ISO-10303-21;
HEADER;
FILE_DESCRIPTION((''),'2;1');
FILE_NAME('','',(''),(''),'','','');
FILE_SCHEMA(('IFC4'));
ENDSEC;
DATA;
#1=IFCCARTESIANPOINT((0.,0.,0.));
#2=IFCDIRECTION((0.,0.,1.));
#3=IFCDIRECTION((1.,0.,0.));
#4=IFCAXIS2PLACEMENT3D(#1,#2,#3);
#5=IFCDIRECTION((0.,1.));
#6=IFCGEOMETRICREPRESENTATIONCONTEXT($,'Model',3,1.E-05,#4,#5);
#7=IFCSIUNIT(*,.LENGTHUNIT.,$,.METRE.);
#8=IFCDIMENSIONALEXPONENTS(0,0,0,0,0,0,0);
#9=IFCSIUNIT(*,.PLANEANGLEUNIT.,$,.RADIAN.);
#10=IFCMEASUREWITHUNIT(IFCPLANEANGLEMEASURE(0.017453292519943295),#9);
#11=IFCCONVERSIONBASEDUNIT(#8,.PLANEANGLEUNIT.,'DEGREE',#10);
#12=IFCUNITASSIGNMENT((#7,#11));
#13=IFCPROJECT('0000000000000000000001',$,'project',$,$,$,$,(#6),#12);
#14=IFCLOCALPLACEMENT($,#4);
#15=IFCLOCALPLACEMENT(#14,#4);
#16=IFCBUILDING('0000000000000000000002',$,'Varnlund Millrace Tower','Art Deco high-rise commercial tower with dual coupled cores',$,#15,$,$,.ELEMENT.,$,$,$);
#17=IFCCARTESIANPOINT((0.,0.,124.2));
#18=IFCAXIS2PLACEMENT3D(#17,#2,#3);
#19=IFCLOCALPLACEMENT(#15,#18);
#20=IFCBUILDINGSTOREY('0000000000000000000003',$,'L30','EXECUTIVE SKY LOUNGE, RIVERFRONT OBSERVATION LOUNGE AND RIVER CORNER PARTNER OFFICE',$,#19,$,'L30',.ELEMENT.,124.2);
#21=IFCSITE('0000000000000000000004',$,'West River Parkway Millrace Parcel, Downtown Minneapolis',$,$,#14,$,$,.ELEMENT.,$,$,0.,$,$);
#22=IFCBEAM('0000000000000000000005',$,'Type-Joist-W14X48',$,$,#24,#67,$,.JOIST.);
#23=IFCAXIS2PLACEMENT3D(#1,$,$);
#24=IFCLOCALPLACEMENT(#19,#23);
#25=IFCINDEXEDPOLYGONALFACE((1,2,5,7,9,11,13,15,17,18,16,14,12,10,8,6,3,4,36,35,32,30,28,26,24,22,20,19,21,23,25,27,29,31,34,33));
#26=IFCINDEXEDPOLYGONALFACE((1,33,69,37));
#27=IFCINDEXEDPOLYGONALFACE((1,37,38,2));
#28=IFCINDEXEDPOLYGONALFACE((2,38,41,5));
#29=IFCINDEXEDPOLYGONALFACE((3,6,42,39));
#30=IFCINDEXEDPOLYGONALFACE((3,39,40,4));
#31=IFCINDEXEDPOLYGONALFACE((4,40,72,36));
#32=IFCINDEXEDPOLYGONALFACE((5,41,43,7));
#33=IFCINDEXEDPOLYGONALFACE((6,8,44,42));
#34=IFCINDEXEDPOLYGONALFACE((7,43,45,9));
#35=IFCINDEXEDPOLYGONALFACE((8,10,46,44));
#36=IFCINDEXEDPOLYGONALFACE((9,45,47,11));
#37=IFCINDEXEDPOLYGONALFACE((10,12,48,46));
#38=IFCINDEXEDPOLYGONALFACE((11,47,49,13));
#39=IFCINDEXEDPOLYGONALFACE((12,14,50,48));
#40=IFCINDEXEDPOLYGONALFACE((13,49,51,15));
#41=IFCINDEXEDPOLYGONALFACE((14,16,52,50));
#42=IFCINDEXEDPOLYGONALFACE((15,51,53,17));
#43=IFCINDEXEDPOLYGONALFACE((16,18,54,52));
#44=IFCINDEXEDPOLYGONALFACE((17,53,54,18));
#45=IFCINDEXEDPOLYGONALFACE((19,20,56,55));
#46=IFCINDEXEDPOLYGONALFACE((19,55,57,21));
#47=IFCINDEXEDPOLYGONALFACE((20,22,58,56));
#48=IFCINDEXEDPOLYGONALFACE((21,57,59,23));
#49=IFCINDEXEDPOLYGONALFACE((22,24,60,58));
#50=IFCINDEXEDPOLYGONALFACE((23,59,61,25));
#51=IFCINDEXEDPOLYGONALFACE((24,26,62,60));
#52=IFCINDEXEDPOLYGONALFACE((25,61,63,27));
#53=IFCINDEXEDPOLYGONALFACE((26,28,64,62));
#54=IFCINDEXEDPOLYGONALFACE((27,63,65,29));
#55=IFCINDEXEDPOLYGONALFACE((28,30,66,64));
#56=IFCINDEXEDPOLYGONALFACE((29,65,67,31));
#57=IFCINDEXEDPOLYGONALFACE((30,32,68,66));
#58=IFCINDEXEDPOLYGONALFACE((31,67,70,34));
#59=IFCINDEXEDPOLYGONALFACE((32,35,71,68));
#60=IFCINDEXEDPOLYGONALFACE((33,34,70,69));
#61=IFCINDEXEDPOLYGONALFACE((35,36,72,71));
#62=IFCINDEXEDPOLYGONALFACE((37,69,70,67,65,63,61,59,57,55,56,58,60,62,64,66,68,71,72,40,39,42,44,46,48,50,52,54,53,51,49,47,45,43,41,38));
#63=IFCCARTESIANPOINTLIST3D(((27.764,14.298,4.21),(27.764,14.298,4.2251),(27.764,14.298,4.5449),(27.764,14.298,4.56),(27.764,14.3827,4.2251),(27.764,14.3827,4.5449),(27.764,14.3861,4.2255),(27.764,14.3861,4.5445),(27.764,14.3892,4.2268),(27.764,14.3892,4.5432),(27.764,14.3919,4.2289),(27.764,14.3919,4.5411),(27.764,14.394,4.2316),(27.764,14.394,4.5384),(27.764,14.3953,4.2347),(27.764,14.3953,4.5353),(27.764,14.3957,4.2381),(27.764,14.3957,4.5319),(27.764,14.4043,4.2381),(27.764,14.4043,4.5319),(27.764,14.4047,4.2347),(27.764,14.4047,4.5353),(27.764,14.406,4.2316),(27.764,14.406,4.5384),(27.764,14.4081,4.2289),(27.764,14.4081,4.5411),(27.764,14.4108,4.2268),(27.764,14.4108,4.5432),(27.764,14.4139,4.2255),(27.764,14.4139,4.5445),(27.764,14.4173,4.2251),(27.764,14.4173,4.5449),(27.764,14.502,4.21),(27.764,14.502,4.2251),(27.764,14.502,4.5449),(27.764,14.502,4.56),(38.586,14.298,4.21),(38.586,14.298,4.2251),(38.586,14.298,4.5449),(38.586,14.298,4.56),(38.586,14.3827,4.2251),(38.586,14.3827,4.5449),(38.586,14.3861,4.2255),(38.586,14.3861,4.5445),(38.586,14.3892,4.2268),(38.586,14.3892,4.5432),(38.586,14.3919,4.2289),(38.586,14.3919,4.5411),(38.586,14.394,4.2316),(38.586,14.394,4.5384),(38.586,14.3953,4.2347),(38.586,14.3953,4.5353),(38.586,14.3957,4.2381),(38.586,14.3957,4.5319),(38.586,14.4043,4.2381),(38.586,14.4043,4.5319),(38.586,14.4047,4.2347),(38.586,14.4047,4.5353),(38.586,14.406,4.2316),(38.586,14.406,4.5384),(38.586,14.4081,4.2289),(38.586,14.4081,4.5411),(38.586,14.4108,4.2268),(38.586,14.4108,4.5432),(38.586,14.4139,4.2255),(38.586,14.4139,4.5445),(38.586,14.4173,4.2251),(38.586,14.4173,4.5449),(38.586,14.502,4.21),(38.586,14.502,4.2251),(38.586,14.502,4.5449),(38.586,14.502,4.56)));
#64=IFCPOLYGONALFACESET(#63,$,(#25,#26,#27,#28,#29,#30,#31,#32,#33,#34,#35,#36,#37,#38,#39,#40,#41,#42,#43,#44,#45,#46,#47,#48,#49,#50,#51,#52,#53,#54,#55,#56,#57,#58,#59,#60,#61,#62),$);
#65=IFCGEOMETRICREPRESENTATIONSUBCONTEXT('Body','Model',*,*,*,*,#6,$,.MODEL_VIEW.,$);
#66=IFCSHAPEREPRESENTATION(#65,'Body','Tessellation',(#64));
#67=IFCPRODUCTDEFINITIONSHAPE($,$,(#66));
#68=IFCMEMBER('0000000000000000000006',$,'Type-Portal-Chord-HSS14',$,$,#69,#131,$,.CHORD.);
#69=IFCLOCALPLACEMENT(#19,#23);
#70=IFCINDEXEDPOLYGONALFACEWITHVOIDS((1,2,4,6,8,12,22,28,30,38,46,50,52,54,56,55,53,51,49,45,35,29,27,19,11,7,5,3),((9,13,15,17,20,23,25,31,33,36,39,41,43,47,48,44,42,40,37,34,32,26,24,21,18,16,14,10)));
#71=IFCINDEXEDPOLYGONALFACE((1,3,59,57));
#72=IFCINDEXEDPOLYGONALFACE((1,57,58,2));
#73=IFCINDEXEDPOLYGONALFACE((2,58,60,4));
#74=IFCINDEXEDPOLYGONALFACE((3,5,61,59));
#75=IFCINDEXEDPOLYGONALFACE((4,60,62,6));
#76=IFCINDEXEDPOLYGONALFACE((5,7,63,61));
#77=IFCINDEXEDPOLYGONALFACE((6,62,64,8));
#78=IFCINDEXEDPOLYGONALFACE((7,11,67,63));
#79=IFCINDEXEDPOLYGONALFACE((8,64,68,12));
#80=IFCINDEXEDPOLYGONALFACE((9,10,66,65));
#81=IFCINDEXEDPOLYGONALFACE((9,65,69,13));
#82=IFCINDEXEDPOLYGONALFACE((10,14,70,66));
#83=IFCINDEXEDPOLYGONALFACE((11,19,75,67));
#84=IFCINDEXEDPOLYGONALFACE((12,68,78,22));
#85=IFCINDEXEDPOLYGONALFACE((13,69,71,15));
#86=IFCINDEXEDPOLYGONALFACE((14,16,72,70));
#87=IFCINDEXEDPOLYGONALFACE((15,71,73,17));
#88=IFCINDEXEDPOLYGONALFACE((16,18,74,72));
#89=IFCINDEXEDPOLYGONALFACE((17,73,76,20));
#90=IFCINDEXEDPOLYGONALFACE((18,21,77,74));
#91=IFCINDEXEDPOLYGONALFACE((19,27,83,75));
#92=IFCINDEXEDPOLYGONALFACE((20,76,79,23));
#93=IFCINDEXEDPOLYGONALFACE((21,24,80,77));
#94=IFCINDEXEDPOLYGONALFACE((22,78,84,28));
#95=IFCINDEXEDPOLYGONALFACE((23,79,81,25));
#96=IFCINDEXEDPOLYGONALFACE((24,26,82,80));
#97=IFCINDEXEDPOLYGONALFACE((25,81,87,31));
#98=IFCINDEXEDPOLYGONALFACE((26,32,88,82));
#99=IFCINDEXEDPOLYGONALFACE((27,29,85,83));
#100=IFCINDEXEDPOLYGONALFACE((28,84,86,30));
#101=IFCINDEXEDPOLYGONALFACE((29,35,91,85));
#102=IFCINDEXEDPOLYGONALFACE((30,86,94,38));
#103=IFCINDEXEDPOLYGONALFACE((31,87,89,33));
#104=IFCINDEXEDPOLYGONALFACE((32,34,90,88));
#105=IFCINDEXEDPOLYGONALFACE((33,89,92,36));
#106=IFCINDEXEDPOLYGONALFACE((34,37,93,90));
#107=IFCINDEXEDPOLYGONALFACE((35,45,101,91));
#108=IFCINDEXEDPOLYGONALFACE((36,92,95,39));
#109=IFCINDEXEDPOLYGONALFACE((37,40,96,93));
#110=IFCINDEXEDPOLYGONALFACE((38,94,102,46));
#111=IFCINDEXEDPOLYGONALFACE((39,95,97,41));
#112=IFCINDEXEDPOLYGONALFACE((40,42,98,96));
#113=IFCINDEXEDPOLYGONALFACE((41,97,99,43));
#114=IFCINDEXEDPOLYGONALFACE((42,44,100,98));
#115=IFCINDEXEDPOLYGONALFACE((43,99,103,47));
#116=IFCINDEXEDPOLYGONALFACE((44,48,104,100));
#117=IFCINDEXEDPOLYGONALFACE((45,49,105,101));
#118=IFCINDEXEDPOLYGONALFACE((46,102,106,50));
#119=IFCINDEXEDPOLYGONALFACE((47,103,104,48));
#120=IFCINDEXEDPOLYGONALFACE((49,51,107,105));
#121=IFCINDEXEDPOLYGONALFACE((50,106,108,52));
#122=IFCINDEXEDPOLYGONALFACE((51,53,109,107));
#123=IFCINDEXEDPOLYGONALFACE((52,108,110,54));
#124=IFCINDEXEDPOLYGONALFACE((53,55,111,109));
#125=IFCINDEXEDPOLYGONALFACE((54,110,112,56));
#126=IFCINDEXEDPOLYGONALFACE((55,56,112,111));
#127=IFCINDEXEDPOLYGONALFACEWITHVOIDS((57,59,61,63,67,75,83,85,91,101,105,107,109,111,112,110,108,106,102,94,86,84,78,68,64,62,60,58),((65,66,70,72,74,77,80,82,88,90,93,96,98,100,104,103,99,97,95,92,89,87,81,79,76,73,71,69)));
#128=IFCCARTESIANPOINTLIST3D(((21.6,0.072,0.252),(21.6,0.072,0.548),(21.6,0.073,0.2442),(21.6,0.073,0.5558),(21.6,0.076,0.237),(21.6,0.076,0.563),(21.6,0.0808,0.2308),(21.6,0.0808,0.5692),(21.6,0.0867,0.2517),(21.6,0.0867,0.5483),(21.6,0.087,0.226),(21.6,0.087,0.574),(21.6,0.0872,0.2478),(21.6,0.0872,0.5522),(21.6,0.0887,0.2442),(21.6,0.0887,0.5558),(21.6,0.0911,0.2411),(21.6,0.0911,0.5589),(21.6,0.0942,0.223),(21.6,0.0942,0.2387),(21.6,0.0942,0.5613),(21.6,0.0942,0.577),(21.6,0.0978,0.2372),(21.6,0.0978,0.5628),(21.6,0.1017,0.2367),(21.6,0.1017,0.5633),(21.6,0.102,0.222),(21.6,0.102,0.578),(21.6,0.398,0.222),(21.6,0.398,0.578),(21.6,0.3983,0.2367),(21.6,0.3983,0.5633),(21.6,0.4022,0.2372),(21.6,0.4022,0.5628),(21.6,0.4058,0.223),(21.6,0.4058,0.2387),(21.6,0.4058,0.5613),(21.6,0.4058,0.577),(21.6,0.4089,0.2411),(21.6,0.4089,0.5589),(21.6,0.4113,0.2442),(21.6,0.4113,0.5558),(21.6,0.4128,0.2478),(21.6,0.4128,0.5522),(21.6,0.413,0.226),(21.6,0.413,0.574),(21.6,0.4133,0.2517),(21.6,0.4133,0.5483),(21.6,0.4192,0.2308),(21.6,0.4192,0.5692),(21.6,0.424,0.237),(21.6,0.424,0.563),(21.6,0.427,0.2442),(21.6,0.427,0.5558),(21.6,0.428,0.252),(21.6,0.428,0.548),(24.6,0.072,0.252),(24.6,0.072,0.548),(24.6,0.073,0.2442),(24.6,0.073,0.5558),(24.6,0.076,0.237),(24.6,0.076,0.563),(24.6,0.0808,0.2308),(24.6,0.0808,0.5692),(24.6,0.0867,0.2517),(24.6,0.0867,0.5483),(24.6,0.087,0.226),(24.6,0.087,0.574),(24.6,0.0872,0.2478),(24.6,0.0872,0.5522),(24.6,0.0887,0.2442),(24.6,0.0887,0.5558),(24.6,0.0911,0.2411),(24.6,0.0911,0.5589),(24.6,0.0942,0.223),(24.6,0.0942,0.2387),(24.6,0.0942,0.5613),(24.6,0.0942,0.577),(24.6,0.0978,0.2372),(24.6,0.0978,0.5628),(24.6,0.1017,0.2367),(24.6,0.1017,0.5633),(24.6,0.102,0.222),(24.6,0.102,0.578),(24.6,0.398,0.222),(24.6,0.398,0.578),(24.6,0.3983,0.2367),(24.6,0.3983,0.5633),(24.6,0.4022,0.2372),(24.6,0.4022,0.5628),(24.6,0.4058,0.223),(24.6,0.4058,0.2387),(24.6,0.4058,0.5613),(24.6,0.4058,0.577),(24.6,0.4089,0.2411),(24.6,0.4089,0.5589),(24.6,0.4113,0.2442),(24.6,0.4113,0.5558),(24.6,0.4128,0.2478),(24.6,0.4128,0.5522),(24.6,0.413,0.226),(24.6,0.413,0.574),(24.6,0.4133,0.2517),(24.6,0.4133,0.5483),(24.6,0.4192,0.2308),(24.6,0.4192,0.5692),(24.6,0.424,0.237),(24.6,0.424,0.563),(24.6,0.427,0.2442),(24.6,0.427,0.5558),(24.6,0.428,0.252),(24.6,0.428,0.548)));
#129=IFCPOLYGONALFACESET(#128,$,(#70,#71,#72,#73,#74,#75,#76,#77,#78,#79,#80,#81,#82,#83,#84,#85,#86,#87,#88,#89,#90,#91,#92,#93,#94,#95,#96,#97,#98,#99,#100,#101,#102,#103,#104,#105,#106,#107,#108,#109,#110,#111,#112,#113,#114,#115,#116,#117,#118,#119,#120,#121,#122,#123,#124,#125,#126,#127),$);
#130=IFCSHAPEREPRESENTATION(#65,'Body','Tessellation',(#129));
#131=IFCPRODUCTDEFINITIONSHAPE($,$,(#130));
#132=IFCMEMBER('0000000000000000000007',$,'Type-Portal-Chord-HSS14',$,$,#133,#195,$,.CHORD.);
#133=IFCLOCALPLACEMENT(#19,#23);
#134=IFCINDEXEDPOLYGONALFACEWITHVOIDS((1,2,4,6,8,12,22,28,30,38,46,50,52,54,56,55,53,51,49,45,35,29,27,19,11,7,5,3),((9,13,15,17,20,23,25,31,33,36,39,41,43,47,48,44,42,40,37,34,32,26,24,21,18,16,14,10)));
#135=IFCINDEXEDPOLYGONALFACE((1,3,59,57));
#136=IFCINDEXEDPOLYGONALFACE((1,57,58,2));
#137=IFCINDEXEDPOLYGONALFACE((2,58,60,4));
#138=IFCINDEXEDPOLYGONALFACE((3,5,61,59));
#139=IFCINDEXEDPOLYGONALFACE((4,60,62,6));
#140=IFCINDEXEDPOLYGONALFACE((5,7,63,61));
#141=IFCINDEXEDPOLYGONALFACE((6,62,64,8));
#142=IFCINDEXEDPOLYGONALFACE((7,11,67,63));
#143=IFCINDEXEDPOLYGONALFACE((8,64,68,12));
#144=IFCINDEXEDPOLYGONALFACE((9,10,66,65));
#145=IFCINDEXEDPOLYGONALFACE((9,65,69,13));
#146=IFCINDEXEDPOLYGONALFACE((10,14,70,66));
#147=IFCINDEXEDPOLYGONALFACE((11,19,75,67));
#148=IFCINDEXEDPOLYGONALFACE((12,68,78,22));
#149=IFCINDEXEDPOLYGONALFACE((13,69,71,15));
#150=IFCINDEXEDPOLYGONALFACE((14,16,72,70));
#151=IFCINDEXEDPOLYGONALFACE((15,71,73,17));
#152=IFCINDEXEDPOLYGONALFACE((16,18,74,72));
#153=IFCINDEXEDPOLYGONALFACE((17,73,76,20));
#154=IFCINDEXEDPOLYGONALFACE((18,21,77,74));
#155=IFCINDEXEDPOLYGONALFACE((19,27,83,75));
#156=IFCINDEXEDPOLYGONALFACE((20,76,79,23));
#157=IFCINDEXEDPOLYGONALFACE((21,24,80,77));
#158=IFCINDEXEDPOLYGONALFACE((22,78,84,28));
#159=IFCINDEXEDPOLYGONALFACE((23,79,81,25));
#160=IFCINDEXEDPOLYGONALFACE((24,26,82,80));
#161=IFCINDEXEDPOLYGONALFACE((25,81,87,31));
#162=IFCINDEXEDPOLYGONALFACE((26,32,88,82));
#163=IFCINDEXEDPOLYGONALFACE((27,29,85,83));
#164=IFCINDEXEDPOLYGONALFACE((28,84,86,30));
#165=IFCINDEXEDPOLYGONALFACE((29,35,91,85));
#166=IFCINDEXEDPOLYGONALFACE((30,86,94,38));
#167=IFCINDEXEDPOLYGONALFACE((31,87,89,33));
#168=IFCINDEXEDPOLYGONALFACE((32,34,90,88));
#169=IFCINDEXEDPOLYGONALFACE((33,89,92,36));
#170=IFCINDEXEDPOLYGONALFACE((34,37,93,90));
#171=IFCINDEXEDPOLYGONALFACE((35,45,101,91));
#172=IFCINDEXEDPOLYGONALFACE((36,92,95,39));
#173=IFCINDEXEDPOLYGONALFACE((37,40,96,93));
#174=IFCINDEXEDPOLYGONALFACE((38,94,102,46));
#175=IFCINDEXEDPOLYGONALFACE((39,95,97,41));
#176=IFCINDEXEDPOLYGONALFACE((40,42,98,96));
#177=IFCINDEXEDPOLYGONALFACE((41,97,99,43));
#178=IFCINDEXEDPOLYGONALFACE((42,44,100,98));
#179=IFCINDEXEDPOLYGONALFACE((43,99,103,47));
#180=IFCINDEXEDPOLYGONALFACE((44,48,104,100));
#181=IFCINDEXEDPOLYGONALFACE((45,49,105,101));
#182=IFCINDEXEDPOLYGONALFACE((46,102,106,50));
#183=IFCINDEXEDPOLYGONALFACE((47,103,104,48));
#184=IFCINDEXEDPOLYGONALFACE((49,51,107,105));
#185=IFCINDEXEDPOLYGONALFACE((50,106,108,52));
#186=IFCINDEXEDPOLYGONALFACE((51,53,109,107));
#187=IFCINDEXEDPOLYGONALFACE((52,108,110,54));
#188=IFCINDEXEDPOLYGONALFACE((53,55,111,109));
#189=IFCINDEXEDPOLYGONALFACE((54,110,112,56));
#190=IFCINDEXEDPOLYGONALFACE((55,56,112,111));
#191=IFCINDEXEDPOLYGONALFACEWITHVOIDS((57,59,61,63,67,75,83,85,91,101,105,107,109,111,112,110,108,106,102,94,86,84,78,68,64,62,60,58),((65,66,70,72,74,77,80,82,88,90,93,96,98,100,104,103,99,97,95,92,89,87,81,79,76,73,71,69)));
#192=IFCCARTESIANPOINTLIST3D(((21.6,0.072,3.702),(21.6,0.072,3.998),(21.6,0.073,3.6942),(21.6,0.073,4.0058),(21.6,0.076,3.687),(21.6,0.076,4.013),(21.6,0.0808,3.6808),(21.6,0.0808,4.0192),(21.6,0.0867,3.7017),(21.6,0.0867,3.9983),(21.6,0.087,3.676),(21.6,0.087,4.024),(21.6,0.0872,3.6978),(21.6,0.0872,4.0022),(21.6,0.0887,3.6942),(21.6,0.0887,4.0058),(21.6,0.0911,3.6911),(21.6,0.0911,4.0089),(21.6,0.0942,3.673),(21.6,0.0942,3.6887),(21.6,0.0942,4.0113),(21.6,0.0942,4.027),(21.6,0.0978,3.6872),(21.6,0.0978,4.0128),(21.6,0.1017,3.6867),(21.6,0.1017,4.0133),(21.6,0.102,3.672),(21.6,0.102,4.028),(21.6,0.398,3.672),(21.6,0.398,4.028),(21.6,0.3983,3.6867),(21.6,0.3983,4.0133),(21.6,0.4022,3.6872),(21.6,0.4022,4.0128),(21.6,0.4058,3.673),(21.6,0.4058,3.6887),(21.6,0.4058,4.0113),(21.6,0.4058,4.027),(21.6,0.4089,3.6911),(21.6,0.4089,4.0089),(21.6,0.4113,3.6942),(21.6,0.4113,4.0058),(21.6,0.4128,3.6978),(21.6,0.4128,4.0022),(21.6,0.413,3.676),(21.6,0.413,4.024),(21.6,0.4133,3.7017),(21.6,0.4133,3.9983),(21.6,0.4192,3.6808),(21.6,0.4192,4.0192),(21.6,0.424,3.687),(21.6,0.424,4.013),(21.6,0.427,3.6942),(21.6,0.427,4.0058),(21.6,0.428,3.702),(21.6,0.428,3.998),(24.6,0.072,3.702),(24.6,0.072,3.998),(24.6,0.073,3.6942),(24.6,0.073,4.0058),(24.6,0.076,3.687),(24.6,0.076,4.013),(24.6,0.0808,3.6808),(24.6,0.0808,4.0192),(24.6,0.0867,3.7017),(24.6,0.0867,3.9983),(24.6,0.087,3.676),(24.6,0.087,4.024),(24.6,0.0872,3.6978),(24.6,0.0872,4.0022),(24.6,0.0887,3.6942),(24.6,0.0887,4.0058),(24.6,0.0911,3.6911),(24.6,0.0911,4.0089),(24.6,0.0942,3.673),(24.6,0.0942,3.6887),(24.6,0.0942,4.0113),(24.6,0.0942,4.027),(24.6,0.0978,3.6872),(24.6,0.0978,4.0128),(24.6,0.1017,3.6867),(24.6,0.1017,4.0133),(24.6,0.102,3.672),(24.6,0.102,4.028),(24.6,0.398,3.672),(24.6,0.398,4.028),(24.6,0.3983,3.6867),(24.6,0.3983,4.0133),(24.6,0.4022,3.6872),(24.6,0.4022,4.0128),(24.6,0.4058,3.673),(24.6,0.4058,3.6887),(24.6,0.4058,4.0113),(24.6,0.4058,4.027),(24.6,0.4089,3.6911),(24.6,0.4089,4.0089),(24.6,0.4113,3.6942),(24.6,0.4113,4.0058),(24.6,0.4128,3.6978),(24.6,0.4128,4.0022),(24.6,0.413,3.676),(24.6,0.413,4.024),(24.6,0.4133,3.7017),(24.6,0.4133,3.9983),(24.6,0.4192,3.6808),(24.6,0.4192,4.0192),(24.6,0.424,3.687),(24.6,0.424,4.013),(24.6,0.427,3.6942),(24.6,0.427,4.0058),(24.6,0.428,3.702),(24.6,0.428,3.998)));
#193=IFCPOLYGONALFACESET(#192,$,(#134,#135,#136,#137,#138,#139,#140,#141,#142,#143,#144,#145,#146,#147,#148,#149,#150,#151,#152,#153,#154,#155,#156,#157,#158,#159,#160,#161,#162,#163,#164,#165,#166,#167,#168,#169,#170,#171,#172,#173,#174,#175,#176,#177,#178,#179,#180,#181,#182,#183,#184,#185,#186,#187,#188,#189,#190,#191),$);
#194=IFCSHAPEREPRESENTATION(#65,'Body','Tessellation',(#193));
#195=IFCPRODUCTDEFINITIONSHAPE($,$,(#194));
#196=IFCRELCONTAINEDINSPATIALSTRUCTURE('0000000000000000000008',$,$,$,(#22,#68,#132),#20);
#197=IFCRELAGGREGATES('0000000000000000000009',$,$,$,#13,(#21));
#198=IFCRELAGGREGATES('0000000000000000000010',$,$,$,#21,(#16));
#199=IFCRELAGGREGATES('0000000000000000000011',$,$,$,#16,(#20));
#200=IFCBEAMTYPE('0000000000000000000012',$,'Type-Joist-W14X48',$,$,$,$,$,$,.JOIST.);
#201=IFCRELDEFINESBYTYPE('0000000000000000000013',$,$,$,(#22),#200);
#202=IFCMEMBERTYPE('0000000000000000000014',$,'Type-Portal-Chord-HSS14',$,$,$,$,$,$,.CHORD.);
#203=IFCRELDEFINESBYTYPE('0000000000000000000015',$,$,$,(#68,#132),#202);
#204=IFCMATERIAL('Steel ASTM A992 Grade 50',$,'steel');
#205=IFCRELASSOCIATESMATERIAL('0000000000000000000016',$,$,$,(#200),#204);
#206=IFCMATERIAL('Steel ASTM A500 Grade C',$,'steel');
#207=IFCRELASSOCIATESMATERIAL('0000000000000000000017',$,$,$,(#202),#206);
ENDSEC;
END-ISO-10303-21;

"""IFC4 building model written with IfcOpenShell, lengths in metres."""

from ifc_helpers import new_model, entity, si_unit, converted_unit, direction, frame, origin_with_axes, origin_2d_with_axis, place, context, subcontext, project, spatial, hollow_rectangle, i_section, extrude, material, material_profile, profile_set, type_object, element, save


model = new_model("IFC4")

# Units and contexts
model_context = context("Model", 3, precision=1e-05, world=origin_with_axes(), true_north=direction((0.0, 1.0)))
body_context = subcontext(model_context, "Body", "Model", "MODEL_VIEW")
ifc_project = project(units=[si_unit("LENGTHUNIT", "METRE"), converted_unit("PLANEANGLEUNIT", "DEGREE", entity("IfcPlaneAngleMeasure", 0.017453292519943295), si_unit("PLANEANGLEUNIT", "RADIAN"), dimensions=[0, 0, 0, 0, 0, 0, 0])], contexts=[model_context])

# Site, building, storey
site_placement = place(None, origin_with_axes())
site = spatial("IfcSite", under=ifc_project, at=site_placement, Name="West River Parkway Millrace Parcel, Downtown Minneapolis", CompositionType="ELEMENT", RefElevation=0.0)
building_placement = place(site_placement, origin_with_axes())
building = spatial("IfcBuilding", under=site, at=building_placement, Name="Varnlund Millrace Tower", Description="Art Deco high-rise commercial tower with dual coupled cores", CompositionType="ELEMENT")
storey_placement = place(building_placement, frame((0.0, 0.0, 124.2), z_axis=(0.0, 0.0, 1.0), x_axis=(1.0, 0.0, 0.0)))
storey = spatial("IfcBuildingStorey", under=building, at=storey_placement, Name="L30", Description="EXECUTIVE SKY LOUNGE, RIVERFRONT OBSERVATION LOUNGE AND RIVER CORNER PARTNER OFFICE", LongName="L30", CompositionType="ELEMENT", Elevation=124.2)

# Beam
ifc_material_1 = material(Name="Steel ASTM A992 Grade 50", Category="steel")
ifc_material_profile_1 = material_profile(ifc_material_1, i_section(OverallWidth=0.204, OverallDepth=0.35, WebThickness=0.0086, FlangeThickness=0.0151, FilletRadius=0.013, at=origin_2d_with_axis()), Name="Steel ASTM A992 Grade 50")
ifc_profile_set_1 = profile_set([ifc_material_profile_1], Name="Steel ASTM A992 Grade 50")
beam_type_1 = type_object("IfcBeamType", Name="Type-Joist-W14X48", PredefinedType="JOIST", material=ifc_profile_set_1)
for number, where, z_axis, x_axis, name in (
    (1, (27.764, 14.4, 4.385), (1.0, 0.0, 0.0), (0.0, 1.0, 0.0), "Type-Joist-W14X48"),
):
    element("IfcBeam", number, at=place(storey_placement, frame(where, z_axis=z_axis, x_axis=x_axis)), inside=storey, type_object=beam_type_1, Name=name, PredefinedType="JOIST", context=body_context, shape_type="SweptSolid", body=[
        extrude(i_section(OverallWidth=0.204, OverallDepth=0.35, WebThickness=0.0086, FlangeThickness=0.0151, FilletRadius=0.013, at=origin_2d_with_axis()), origin_with_axes(), (0.0, 0.0, 1.0), 10.822),
    ])

# Members
ifc_material_2 = material(Name="Steel ASTM A500 Grade C", Category="steel")
ifc_material_profile_2 = material_profile(ifc_material_2, hollow_rectangle(XDim=0.356, YDim=0.356, WallThickness=0.0147, InnerFilletRadius=0.015, OuterFilletRadius=0.03, at=origin_2d_with_axis()), Name="Steel ASTM A500 Grade C")
ifc_profile_set_2 = profile_set([ifc_material_profile_2], Name="Steel ASTM A500 Grade C")
member_type_1 = type_object("IfcMemberType", Name="Type-Portal-Chord-HSS14", PredefinedType="CHORD", material=ifc_profile_set_2)
for number, where, z_axis, x_axis, name in (
    (2, (21.6, 0.25, 0.4), (1.0, 0.0, 0.0), (0.0, 1.0, 0.0), "Type-Portal-Chord-HSS14"),
    (3, (21.6, 0.25, 3.85), (1.0, 0.0, 0.0), (0.0, 1.0, 0.0), "Type-Portal-Chord-HSS14"),
):
    element("IfcMember", number, at=place(storey_placement, frame(where, z_axis=z_axis, x_axis=x_axis)), inside=storey, type_object=member_type_1, Name=name, PredefinedType="CHORD", context=body_context, shape_type="SweptSolid", body=[
        extrude(hollow_rectangle(XDim=0.356, YDim=0.356, WallThickness=0.0147, InnerFilletRadius=0.015, OuterFilletRadius=0.03, at=origin_2d_with_axis()), origin_with_axes(), (0.0, 0.0, 1.0), 3.0),
    ])

save(model, "model.ifc")
